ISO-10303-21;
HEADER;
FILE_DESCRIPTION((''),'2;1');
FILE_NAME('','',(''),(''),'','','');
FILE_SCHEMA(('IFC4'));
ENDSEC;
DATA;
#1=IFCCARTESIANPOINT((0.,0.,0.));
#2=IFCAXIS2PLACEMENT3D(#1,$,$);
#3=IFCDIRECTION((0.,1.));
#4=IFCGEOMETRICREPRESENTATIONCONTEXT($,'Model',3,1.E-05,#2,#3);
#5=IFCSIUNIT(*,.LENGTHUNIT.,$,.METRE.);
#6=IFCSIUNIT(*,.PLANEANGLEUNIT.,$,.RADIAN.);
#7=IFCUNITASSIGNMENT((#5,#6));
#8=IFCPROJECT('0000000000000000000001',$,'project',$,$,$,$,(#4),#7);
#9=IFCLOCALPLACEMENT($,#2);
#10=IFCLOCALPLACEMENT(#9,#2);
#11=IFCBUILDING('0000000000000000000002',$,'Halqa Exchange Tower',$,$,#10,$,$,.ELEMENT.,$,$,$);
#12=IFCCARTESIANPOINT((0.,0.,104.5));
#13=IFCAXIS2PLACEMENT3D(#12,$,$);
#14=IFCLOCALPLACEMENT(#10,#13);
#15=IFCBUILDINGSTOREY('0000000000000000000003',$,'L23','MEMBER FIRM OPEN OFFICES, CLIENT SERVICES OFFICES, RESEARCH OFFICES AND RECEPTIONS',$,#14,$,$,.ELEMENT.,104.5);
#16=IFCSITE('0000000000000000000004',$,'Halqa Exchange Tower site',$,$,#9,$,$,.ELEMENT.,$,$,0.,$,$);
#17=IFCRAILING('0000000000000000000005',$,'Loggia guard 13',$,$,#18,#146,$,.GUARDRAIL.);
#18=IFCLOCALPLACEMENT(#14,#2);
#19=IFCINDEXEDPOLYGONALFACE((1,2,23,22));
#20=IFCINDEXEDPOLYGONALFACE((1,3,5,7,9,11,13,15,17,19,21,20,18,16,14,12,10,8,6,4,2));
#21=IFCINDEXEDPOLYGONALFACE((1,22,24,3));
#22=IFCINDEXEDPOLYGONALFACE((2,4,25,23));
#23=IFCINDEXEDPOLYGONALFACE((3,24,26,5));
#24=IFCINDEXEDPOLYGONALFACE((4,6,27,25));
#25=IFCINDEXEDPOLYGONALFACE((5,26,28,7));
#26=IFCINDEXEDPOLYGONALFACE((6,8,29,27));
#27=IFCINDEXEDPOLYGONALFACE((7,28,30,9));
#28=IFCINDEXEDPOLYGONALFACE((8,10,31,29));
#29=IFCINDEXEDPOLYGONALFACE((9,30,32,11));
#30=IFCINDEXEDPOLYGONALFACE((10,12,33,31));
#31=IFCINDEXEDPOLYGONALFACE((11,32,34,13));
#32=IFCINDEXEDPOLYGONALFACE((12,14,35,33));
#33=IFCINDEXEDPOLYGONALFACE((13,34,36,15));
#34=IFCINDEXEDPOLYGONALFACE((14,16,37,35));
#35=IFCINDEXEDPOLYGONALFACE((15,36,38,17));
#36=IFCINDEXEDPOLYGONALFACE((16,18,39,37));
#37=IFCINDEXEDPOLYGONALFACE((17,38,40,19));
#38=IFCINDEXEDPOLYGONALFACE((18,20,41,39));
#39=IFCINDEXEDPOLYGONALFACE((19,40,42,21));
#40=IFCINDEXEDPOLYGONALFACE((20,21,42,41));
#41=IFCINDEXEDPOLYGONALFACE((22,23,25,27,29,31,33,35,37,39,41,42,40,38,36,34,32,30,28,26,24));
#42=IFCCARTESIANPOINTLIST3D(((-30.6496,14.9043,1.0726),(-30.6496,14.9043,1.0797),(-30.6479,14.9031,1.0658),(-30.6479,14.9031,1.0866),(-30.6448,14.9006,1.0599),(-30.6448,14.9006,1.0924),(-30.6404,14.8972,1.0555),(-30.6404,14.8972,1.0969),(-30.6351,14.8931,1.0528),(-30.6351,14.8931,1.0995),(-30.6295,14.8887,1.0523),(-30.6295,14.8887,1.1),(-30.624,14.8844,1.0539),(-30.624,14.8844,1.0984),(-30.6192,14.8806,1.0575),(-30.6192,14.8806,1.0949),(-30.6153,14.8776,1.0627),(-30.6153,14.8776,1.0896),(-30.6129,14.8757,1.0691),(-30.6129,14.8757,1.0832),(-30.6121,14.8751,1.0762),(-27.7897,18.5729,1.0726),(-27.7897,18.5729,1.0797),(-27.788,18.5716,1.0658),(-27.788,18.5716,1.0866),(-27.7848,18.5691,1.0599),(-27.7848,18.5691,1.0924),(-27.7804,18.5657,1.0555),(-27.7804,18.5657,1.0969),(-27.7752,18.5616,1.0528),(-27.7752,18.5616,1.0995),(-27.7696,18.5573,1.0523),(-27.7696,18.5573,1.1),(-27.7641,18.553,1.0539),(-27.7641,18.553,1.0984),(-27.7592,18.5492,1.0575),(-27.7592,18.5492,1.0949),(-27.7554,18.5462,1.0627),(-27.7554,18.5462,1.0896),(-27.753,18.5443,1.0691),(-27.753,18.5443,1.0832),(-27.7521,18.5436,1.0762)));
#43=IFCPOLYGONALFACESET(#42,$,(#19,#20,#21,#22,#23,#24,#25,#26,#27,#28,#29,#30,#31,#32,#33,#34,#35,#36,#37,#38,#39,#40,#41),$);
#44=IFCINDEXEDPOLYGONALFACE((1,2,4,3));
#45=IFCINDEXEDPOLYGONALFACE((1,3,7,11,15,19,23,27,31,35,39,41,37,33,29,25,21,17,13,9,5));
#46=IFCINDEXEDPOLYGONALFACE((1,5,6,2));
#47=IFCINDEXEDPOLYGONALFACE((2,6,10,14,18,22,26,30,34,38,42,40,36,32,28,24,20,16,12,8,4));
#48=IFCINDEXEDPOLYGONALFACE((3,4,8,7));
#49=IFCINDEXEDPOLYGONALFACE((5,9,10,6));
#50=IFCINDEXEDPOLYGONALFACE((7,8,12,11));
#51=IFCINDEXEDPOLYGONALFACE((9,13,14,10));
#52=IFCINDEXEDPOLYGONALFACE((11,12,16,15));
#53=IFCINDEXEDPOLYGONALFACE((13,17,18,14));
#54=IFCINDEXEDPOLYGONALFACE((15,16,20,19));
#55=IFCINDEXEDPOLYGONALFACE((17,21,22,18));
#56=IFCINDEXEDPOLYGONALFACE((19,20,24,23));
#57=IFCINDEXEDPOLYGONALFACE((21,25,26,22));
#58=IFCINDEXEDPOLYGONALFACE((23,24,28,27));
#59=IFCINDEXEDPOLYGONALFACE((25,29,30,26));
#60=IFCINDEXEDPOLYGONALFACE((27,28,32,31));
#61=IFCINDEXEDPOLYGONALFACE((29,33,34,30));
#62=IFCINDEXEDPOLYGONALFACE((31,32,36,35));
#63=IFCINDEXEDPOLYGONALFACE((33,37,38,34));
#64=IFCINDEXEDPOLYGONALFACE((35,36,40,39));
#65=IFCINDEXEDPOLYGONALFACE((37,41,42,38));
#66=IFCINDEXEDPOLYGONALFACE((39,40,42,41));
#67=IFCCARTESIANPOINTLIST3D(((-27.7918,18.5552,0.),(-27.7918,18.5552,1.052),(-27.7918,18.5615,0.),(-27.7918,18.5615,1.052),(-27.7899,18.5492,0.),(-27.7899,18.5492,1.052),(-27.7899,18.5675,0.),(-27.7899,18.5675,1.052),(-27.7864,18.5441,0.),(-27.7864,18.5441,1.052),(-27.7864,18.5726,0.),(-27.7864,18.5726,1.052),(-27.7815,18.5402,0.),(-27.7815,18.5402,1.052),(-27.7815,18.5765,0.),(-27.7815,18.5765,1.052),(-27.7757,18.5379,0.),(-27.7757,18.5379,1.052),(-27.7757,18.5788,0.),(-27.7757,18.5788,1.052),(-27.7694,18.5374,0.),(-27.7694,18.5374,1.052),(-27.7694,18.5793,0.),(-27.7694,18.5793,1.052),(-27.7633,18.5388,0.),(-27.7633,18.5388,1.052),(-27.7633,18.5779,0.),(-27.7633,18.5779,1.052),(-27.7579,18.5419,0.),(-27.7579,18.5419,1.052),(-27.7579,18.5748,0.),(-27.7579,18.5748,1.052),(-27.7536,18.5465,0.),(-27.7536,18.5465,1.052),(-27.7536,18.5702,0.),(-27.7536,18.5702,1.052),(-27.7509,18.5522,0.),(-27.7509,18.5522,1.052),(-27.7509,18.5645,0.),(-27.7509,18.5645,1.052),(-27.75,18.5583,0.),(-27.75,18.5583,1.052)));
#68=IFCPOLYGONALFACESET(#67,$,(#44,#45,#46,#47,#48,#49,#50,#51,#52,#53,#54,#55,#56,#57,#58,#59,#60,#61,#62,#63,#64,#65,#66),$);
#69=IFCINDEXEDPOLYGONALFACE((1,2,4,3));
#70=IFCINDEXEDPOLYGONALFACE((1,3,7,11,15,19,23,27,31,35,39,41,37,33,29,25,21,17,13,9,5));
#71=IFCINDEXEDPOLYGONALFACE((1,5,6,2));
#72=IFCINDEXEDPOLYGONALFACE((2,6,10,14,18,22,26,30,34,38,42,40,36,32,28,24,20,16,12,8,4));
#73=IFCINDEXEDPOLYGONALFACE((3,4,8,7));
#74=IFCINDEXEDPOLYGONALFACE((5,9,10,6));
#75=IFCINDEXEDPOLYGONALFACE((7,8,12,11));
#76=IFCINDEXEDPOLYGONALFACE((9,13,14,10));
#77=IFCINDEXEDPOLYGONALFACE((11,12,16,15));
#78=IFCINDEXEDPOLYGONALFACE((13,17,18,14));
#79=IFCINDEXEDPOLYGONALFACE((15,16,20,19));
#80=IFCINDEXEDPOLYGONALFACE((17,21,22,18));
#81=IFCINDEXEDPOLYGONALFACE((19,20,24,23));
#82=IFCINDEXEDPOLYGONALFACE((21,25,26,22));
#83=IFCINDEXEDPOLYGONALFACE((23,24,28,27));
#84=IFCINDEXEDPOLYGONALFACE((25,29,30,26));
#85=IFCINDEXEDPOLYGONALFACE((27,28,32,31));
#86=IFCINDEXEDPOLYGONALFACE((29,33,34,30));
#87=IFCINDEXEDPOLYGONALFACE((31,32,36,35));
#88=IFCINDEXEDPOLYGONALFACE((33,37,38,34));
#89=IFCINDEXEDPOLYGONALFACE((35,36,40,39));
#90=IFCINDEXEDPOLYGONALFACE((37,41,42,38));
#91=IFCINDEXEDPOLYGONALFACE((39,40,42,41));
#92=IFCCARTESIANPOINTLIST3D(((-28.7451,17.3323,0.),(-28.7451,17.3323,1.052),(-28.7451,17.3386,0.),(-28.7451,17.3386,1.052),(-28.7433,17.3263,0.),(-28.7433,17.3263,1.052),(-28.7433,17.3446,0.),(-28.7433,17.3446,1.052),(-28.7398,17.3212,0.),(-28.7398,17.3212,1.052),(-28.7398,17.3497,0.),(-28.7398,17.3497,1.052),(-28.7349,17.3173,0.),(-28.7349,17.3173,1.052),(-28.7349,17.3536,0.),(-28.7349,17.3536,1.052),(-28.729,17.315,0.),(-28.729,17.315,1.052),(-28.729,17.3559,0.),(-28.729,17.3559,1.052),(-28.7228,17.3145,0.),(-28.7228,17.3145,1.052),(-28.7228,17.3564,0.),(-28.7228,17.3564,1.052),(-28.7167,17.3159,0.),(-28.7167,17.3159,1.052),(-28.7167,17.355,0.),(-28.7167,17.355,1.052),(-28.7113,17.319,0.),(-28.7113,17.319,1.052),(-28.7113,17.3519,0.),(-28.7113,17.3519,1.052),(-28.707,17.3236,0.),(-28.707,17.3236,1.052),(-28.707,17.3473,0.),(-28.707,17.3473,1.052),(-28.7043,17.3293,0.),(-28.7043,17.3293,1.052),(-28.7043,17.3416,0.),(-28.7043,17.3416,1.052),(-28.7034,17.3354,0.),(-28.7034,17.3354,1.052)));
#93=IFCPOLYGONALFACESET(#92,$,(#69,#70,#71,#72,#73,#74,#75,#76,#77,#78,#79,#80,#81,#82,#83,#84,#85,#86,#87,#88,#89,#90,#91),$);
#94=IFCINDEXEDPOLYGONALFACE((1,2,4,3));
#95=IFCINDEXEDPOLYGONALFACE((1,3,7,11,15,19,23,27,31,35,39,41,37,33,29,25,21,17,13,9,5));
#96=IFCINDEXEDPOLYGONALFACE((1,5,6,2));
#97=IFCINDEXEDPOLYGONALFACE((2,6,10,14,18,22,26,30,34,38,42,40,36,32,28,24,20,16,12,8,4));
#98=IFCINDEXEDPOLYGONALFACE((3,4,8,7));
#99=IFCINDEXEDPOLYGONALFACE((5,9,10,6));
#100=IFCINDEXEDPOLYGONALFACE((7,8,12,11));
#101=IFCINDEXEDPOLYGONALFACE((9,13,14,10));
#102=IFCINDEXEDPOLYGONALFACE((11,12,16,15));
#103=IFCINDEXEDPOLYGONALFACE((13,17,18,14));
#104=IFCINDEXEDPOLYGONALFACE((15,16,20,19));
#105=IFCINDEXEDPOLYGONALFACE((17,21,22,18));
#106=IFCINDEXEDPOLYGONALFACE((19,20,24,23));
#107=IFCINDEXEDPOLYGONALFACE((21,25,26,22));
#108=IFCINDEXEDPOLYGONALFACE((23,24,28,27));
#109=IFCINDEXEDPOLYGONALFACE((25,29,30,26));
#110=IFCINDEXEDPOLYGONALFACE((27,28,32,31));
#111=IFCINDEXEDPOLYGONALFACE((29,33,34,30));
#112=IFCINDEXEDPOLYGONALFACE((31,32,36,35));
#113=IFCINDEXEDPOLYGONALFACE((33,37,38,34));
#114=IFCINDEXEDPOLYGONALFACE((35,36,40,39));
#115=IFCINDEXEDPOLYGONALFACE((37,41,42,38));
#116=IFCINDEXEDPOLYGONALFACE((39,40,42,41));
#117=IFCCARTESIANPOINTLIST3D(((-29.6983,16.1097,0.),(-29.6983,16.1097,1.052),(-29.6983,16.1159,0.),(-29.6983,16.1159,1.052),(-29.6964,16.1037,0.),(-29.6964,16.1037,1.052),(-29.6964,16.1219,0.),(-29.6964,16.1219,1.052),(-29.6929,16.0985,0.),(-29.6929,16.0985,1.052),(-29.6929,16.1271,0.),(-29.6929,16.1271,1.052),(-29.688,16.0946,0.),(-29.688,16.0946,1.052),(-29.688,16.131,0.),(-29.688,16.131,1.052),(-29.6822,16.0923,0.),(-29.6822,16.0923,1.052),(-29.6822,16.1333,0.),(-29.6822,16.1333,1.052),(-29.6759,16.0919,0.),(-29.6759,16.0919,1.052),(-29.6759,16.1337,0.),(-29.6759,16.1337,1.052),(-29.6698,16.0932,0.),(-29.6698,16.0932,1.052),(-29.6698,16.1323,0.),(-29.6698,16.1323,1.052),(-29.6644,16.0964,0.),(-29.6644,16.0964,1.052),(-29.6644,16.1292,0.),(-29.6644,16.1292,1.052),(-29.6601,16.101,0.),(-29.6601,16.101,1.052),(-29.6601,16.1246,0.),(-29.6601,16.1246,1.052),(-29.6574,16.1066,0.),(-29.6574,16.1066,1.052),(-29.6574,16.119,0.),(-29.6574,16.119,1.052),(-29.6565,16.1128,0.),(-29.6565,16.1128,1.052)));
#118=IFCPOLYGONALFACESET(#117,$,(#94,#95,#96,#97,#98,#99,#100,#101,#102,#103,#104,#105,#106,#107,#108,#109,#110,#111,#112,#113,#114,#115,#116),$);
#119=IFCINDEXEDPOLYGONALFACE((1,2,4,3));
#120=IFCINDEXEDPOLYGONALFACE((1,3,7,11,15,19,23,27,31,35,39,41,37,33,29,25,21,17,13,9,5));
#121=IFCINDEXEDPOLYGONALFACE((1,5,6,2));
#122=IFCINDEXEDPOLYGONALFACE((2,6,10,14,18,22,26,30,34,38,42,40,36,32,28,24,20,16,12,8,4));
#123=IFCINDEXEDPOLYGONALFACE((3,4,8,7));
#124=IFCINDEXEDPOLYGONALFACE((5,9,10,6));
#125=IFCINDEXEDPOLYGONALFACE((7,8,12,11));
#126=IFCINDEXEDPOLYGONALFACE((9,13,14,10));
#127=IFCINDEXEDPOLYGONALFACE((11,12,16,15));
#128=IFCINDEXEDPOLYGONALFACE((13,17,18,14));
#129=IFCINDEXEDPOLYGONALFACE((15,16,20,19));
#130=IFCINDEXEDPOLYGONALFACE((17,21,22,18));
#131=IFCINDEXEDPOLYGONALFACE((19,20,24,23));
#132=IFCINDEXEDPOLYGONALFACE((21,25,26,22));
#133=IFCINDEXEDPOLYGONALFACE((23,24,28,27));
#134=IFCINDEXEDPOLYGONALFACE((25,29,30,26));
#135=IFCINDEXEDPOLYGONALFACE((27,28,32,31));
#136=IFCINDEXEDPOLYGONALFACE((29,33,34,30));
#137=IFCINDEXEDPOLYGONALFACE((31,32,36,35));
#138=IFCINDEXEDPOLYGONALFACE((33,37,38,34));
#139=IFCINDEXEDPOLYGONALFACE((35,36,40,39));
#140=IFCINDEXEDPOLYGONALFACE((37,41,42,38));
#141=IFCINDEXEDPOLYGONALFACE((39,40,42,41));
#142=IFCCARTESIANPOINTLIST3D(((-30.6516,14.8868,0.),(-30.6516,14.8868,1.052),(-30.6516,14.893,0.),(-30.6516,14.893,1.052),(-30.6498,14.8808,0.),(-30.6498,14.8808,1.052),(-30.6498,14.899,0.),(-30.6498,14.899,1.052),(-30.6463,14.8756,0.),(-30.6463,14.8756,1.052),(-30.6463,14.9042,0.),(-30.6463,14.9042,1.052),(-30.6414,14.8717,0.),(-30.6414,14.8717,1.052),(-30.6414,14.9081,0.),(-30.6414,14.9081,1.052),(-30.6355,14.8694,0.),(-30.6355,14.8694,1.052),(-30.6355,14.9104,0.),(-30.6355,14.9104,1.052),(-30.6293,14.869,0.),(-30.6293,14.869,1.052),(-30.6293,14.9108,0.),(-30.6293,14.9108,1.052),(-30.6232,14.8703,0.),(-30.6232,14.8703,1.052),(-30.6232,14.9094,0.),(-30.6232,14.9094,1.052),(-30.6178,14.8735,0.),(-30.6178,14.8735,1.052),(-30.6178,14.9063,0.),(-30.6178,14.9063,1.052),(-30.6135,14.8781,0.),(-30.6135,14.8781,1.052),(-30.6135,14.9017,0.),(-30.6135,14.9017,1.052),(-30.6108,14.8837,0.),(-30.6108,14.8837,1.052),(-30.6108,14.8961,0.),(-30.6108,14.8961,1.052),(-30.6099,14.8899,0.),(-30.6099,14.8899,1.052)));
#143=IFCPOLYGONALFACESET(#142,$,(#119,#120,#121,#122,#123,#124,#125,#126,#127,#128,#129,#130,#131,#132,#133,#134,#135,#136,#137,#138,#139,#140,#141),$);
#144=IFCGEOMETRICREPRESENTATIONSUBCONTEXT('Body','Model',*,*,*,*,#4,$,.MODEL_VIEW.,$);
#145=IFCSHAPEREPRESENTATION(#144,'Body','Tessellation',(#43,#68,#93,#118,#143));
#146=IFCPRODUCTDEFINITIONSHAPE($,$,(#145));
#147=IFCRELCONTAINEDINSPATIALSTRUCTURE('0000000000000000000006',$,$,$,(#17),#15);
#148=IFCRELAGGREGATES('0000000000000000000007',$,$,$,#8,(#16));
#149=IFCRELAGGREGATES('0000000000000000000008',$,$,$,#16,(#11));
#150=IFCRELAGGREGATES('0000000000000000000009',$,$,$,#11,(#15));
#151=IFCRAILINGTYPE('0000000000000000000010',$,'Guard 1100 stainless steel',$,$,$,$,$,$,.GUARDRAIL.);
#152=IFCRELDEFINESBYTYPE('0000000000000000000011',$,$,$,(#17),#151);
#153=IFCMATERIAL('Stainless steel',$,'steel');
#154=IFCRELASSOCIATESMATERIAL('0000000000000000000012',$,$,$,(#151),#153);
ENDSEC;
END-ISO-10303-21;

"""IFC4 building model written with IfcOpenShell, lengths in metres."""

from ifc_helpers import new_model, si_unit, direction, frame, origin, origin_2d, place, context, subcontext, project, spatial, circle, extrude, material, type_object, element, save


model = new_model("IFC4")

# Units and contexts
model_context = context("Model", 3, precision=1e-05, world=origin(), true_north=direction((0.0, 1.0)))
body_context = subcontext(model_context, "Body", "Model", "MODEL_VIEW")
ifc_project = project(units=[si_unit("LENGTHUNIT", "METRE"), si_unit("PLANEANGLEUNIT", "RADIAN")], contexts=[model_context])

# Site, building, storey
site_placement = place(None, origin())
site = spatial("IfcSite", under=ifc_project, at=site_placement, Name="Halqa Exchange Tower site", CompositionType="ELEMENT", RefElevation=0.0)
building_placement = place(site_placement, origin())
building = spatial("IfcBuilding", under=site, at=building_placement, Name="Halqa Exchange Tower", CompositionType="ELEMENT")
storey_placement = place(building_placement, frame((0.0, 0.0, 104.5)))
storey = spatial("IfcBuildingStorey", under=building, at=storey_placement, Name="L23", Description="MEMBER FIRM OPEN OFFICES, CLIENT SERVICES OFFICES, RESEARCH OFFICES AND RECEPTIONS", CompositionType="ELEMENT", Elevation=104.5)

# Railing
ifc_material_1 = material(Name="Stainless steel", Category="steel")
railing_type = type_object("IfcRailingType", Name="Guard 1100 stainless steel", PredefinedType="GUARDRAIL", material=ifc_material_1)
railing_1_placement = place(storey_placement, frame((-27.771, 18.5583, 0.0)))
element("IfcRailing", 1, at=railing_1_placement, inside=storey, type_object=railing_type, Name="Loggia guard 13", PredefinedType="GUARDRAIL", context=body_context, shape_type="SweptSolid", body=[
    extrude(circle(Radius=0.0239, at=origin_2d()), frame((0.0, 0.0, 1.0762), z_axis=(-0.614827, -0.788662, 0.0), x_axis=(0.788662, -0.614827, 0.0)), (0.0, 0.0, 1.0), 4.6516),
    extrude(circle(Radius=0.021, at=origin_2d()), origin(), (0.0, 0.0, 1.0), 1.052),
    extrude(circle(Radius=0.021, at=origin_2d()), frame((-0.9534, -1.2229, 0.0)), (0.0, 0.0, 1.0), 1.052),
    extrude(circle(Radius=0.021, at=origin_2d()), frame((-1.9065, -2.4456, 0.0)), (0.0, 0.0, 1.0), 1.052),
    extrude(circle(Radius=0.021, at=origin_2d()), frame((-2.8599, -3.6685, 0.0)), (0.0, 0.0, 1.0), 1.052),
])

save(model, "model.ifc")
